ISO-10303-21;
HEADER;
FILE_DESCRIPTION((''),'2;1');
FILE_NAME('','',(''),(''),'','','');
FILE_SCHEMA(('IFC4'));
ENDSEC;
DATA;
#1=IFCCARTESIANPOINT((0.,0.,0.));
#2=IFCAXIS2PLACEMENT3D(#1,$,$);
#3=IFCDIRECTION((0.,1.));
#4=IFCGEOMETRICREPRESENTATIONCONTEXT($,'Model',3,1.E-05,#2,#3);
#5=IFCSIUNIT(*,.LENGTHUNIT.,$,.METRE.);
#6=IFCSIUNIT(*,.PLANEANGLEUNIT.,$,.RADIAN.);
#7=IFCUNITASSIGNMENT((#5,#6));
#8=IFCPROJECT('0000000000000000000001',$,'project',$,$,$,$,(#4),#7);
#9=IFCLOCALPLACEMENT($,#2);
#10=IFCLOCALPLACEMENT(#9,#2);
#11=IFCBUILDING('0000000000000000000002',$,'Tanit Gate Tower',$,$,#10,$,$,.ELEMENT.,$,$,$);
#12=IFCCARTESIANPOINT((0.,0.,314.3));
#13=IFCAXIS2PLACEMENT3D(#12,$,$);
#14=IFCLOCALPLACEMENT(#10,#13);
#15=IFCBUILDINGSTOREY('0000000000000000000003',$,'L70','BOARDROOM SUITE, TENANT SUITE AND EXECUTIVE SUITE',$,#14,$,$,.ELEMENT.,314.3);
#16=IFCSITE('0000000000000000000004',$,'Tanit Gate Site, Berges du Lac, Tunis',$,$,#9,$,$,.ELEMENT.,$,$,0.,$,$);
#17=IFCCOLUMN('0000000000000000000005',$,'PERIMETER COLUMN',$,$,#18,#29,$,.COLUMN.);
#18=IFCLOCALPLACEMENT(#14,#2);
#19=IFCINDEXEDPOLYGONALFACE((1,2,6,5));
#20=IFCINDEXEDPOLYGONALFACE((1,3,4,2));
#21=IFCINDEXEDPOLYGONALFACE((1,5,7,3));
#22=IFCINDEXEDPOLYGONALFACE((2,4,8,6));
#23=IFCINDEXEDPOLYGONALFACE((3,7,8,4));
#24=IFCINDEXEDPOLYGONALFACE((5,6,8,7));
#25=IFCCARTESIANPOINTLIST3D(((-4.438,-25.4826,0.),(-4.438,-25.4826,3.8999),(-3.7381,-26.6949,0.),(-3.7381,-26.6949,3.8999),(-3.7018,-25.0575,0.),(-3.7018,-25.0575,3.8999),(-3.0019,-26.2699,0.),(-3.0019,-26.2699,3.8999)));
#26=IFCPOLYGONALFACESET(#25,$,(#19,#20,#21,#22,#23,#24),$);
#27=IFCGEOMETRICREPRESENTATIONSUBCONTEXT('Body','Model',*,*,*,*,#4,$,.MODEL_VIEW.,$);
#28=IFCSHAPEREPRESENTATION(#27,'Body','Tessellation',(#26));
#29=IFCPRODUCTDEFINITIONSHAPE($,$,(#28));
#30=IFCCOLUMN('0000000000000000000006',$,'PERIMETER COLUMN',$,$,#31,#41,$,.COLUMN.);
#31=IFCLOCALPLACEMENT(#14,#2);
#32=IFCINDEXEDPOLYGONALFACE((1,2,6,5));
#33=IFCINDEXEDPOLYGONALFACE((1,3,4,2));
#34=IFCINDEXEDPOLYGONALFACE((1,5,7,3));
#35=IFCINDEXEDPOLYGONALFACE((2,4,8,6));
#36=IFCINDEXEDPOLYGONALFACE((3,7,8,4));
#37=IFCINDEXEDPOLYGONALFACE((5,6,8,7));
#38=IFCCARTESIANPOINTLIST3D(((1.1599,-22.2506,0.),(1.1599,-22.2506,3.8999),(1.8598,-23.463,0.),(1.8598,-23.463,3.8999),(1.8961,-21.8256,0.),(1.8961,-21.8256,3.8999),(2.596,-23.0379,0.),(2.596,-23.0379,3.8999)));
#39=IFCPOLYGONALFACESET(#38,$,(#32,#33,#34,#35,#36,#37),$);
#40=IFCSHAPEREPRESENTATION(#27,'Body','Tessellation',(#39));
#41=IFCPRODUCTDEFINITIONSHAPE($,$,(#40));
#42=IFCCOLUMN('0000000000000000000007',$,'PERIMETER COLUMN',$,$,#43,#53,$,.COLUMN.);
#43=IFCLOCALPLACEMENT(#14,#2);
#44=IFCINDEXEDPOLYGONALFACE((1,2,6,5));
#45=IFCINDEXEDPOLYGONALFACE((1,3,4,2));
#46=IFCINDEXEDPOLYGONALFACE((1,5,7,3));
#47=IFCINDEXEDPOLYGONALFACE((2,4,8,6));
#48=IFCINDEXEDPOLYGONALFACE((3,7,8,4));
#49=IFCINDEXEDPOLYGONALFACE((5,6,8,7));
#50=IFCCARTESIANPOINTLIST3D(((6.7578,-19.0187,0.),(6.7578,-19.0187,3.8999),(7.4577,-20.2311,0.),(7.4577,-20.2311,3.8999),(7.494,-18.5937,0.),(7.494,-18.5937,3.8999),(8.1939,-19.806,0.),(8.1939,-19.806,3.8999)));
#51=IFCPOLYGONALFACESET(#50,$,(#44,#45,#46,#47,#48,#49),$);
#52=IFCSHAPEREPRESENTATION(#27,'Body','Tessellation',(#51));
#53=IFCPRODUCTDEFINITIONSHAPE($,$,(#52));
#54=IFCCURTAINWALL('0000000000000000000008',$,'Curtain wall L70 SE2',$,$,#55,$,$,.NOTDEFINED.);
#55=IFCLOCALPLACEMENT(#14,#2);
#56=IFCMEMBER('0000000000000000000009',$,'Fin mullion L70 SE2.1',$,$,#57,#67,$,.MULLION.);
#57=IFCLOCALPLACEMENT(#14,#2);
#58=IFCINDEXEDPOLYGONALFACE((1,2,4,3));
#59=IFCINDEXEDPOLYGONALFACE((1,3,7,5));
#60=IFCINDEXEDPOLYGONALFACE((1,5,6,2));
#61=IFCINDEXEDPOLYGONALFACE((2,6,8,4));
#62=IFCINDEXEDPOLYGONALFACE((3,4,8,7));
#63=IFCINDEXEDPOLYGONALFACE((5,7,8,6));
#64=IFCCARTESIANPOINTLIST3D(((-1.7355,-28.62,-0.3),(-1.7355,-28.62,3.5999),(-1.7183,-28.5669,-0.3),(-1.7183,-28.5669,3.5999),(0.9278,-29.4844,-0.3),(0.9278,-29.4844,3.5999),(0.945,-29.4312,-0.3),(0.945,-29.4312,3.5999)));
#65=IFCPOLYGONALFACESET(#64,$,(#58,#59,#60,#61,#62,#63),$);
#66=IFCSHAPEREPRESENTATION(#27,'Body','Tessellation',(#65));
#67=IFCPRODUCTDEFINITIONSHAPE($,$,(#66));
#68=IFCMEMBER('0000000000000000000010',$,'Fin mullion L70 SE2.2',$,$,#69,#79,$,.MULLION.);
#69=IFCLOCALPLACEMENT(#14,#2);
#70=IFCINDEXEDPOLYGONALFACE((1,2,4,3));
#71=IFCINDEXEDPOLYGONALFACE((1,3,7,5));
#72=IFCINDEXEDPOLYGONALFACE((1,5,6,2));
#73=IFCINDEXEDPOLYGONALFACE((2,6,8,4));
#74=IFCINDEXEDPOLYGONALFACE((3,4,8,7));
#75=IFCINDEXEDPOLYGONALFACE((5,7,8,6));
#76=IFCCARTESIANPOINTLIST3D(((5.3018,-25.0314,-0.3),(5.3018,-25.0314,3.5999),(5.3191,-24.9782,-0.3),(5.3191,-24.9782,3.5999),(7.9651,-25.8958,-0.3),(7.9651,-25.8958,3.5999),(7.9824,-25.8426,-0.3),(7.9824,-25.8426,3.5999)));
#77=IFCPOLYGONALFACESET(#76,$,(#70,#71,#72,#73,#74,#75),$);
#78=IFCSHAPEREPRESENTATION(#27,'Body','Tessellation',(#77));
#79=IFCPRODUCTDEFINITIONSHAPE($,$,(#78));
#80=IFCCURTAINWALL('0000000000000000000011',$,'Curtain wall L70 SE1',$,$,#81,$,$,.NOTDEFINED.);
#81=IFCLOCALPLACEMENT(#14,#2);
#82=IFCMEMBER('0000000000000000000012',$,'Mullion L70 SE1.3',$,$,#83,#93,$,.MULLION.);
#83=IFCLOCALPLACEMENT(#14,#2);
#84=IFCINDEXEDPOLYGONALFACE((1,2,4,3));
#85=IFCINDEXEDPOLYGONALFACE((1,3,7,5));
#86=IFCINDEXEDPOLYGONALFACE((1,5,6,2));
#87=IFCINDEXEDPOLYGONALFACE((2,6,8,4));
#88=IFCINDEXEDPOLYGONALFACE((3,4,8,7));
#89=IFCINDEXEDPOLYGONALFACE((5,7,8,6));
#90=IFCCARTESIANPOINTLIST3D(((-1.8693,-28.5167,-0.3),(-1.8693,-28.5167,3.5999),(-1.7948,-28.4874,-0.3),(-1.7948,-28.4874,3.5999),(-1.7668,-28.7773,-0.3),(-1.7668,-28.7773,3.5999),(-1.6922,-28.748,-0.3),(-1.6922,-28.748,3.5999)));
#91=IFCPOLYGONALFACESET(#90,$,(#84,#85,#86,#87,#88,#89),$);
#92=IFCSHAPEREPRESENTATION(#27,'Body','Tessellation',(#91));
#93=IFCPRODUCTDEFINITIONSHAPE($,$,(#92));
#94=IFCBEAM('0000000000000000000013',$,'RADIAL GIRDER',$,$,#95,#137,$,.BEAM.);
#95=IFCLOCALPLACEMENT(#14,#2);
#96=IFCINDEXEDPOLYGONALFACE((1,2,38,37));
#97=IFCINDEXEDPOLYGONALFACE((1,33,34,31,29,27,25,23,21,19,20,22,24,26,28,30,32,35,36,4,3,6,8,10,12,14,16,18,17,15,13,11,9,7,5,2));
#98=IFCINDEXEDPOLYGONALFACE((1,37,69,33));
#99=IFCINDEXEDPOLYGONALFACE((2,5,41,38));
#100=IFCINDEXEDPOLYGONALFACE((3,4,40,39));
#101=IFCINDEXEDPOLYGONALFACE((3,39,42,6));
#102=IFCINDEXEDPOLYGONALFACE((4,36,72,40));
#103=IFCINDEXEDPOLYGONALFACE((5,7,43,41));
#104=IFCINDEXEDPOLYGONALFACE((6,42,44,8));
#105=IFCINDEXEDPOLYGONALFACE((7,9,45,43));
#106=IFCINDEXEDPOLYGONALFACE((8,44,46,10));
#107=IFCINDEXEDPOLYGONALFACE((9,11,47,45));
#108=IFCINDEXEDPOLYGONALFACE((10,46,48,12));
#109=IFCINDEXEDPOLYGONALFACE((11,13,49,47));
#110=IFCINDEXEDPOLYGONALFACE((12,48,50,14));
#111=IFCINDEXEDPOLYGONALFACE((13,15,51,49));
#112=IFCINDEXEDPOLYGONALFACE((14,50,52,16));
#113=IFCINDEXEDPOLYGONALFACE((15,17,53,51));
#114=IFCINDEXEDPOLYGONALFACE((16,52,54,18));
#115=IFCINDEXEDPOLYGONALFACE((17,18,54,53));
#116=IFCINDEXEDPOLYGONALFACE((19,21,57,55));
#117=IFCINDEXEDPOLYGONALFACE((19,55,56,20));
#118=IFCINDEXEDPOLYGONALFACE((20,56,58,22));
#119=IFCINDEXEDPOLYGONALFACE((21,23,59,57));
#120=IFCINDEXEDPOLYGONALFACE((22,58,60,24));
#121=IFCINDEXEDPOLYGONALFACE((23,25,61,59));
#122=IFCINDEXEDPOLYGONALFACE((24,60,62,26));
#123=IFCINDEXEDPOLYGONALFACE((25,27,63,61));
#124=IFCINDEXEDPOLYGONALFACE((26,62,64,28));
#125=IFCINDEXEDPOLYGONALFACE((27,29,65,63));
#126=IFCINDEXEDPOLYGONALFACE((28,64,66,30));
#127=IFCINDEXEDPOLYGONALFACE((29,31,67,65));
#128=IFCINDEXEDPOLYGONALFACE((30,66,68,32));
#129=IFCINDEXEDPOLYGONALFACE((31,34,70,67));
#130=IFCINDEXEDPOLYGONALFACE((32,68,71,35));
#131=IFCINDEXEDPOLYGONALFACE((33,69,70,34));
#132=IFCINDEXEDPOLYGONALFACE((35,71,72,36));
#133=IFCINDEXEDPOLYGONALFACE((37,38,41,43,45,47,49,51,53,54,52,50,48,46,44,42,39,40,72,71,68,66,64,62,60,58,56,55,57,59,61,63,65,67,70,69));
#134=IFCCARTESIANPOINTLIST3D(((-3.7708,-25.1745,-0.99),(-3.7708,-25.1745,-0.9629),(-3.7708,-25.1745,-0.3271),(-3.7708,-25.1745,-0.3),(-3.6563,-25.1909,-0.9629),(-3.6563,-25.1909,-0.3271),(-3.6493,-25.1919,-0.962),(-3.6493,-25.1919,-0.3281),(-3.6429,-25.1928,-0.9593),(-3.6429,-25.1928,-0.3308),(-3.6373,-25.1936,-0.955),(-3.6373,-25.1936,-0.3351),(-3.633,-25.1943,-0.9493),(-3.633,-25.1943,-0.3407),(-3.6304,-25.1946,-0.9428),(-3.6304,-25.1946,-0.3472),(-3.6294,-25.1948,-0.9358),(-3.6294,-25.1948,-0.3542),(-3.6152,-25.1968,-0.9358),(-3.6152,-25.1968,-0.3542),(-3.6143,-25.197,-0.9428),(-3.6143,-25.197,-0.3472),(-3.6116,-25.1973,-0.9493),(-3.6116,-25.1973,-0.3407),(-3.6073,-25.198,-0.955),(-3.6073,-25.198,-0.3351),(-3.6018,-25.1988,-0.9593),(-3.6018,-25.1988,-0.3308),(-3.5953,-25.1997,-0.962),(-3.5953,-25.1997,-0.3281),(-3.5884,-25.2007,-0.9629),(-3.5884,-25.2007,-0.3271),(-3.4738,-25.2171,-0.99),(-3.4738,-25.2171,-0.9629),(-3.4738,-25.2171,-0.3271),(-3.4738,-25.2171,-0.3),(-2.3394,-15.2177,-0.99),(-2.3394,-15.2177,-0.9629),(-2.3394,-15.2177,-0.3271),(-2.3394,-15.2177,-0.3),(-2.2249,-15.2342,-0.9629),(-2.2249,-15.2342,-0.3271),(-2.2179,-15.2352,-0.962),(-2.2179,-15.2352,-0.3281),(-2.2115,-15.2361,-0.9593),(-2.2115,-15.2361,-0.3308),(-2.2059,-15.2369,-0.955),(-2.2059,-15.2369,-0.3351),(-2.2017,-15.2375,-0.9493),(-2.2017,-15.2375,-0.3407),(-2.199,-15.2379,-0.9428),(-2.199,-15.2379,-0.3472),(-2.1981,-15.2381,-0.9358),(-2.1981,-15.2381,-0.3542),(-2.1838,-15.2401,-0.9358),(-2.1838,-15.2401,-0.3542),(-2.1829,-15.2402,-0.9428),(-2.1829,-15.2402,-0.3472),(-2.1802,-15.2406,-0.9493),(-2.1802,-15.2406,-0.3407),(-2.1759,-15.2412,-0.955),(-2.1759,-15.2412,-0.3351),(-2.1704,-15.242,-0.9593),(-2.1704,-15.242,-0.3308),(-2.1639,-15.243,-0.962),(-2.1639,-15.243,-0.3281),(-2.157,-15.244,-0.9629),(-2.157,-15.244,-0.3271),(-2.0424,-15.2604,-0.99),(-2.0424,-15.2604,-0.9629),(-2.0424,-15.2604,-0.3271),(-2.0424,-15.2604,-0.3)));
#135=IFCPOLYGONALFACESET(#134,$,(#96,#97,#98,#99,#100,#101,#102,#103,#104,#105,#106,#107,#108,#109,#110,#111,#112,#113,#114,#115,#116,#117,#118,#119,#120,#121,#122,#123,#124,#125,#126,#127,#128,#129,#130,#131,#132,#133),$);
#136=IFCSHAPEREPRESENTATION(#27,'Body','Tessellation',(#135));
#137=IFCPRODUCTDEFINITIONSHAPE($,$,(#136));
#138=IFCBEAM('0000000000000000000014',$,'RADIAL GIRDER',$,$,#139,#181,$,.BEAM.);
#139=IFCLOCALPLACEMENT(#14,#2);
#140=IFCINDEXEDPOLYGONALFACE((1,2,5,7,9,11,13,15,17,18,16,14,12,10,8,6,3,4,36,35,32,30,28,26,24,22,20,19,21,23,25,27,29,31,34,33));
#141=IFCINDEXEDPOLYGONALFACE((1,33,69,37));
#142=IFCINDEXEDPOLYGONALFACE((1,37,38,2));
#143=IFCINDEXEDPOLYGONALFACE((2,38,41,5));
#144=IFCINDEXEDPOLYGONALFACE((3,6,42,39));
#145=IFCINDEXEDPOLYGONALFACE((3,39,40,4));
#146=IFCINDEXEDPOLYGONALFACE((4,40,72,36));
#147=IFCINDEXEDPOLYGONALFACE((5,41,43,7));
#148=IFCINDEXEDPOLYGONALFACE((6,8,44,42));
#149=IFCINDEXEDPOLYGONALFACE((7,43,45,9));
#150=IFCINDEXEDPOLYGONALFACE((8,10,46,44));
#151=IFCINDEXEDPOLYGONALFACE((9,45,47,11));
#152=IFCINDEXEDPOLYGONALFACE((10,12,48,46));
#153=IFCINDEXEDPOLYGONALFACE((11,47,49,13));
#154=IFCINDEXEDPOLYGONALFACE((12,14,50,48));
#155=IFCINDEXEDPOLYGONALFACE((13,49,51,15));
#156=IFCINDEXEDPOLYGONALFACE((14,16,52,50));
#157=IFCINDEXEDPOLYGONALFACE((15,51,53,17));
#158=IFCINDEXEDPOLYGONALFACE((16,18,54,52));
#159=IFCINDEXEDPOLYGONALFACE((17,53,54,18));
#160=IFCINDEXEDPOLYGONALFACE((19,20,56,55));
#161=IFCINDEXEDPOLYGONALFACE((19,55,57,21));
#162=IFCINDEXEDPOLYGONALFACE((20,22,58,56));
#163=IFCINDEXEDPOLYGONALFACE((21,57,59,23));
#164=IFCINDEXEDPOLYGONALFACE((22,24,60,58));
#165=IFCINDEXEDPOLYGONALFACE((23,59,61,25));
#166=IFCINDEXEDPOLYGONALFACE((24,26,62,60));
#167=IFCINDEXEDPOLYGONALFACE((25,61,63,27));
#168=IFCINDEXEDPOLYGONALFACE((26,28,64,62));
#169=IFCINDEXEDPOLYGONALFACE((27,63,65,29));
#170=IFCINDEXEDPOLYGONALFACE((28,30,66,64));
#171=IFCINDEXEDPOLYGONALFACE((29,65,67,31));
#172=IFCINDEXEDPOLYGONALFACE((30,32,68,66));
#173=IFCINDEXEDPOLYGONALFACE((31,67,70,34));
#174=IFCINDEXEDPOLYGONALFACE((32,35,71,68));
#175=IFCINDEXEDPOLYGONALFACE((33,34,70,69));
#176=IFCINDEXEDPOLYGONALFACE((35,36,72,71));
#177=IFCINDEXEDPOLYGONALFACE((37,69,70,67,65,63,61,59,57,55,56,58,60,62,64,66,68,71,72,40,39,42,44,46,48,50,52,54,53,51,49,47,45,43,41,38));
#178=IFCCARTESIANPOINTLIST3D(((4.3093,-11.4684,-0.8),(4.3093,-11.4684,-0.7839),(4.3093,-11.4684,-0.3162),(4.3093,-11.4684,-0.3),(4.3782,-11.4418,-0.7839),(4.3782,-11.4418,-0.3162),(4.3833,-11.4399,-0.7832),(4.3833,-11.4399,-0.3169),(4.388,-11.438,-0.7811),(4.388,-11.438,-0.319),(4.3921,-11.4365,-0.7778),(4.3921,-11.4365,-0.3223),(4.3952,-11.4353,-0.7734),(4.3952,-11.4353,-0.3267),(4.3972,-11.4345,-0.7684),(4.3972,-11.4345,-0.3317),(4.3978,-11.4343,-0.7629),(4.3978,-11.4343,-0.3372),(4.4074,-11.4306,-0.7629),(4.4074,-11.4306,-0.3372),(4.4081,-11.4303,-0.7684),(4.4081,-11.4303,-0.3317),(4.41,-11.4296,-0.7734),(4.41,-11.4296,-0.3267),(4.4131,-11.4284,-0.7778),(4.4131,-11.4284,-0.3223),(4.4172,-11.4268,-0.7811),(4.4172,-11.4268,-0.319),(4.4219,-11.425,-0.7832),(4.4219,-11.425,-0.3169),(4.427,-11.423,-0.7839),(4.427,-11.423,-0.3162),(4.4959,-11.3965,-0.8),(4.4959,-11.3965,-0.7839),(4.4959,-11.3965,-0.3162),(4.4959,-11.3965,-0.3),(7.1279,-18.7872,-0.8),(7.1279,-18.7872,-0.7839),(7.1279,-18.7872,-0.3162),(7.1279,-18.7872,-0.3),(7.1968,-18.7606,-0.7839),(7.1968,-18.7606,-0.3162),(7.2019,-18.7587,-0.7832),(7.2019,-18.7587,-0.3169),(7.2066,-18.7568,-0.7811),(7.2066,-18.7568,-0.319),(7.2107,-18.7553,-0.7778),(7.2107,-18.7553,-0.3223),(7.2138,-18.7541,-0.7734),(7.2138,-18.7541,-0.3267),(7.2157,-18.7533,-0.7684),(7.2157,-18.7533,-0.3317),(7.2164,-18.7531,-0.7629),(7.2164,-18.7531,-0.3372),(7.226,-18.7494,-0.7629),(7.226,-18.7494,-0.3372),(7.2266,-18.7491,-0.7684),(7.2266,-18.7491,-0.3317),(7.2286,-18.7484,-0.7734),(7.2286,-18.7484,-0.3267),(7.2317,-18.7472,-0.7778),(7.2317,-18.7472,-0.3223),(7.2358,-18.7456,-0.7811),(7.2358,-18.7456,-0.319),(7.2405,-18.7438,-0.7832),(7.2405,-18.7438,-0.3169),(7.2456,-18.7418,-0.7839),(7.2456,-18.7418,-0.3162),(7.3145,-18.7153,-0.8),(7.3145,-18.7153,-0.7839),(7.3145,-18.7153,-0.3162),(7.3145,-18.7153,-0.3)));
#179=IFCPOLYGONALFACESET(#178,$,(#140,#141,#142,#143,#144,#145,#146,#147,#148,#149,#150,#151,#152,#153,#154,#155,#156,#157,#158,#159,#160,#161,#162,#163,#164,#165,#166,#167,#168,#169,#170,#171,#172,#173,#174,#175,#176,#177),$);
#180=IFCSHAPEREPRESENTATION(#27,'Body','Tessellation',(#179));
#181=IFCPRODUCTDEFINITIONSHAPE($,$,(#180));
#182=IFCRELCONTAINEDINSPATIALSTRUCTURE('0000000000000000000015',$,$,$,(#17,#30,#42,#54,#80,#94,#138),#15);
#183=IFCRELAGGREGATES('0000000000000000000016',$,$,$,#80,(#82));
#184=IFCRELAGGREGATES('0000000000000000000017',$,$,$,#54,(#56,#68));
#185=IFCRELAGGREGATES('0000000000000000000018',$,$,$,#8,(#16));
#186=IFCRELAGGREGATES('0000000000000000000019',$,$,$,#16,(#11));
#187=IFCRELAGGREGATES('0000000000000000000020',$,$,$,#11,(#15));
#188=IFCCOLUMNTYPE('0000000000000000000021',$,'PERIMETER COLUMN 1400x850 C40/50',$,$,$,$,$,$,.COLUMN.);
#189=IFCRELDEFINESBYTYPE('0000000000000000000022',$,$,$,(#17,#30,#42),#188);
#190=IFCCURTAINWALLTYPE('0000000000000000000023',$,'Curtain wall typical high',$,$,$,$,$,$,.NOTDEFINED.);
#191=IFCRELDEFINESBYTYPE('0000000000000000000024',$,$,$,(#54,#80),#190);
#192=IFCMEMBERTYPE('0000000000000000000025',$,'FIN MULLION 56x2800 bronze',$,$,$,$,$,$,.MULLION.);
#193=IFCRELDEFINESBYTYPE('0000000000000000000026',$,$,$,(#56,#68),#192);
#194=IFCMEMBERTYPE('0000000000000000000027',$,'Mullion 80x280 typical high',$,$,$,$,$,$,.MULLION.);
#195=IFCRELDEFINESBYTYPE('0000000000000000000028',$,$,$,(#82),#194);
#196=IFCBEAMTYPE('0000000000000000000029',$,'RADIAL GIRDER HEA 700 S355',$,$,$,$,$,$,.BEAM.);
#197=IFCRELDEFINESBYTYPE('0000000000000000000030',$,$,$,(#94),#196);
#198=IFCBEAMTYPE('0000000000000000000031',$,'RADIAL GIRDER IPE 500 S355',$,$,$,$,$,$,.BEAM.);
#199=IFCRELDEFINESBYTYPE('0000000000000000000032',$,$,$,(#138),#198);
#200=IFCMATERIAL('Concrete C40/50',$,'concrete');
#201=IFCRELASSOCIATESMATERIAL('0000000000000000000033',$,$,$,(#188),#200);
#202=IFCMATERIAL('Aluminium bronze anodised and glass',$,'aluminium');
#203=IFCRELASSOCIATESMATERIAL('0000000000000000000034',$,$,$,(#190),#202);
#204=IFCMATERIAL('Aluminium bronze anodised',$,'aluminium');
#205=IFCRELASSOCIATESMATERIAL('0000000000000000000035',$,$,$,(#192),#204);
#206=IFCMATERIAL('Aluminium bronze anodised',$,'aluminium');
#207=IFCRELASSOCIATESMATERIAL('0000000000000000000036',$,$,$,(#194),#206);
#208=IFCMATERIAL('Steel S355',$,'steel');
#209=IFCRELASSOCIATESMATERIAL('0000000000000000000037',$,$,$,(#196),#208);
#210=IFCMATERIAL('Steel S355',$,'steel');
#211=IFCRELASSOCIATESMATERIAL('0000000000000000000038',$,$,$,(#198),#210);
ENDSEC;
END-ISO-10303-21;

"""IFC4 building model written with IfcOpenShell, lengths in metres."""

from ifc_helpers import new_model, si_unit, direction, frame, origin, origin_2d, place, context, subcontext, project, spatial, rectangle, i_section, extrude, material, material_profile, profile_set, type_object, element, aggregate, save


model = new_model("IFC4")

# Units and contexts
model_context = context("Model", 3, precision=1e-05, world=origin(), true_north=direction((0.0, 1.0)))
body_context = subcontext(model_context, "Body", "Model", "MODEL_VIEW")
ifc_project = project(units=[si_unit("LENGTHUNIT", "METRE"), si_unit("PLANEANGLEUNIT", "RADIAN")], contexts=[model_context])

# Site, building, storey
site_placement = place(None, origin())
site = spatial("IfcSite", under=ifc_project, at=site_placement, Name="Tanit Gate Site, Berges du Lac, Tunis", CompositionType="ELEMENT", RefElevation=0.0)
building_placement = place(site_placement, origin())
building = spatial("IfcBuilding", under=site, at=building_placement, Name="Tanit Gate Tower", CompositionType="ELEMENT")
storey_placement = place(building_placement, frame((0.0, 0.0, 314.3)))
storey = spatial("IfcBuildingStorey", under=building, at=storey_placement, Name="L70", Description="BOARDROOM SUITE, TENANT SUITE AND EXECUTIVE SUITE", CompositionType="ELEMENT", Elevation=314.3)

# Columns
ifc_material_1 = material(Name="Concrete C40/50", Category="concrete")
ifc_material_profile_1 = material_profile(ifc_material_1, rectangle(XDim=1.3999, YDim=0.8501, at=origin_2d()), Name="RC 1400x850")
ifc_profile_set_1 = profile_set([ifc_material_profile_1], Name="Concrete C40/50")
column_type = type_object("IfcColumnType", Name="PERIMETER COLUMN 1400x850 C40/50", PredefinedType="COLUMN", material=ifc_profile_set_1)
for number, where, z_axis, x_axis, name in (
    (1, (-3.72, -25.8762, 0.0), (0.0, 0.0, 1.0), (0.5, -0.866025, 0.0), "PERIMETER COLUMN"),
    (2, (1.8779, -22.6443, 0.0), (0.0, 0.0, 1.0), (0.5, -0.866025, 0.0), "PERIMETER COLUMN"),
    (3, (7.4758, -19.4124, 0.0), (0.0, 0.0, 1.0), (0.5, -0.866025, 0.0), "PERIMETER COLUMN"),
):
    element("IfcColumn", number, at=place(storey_placement, frame(where, z_axis=z_axis, x_axis=x_axis)), inside=storey, type_object=column_type, Name=name, PredefinedType="COLUMN", context=body_context, shape_type="SweptSolid", body=[
        extrude(rectangle(XDim=1.3999, YDim=0.8501, at=origin_2d()), origin(), (0.0, 0.0, 1.0), 3.8999),
    ])

# Curtain wall, members
ifc_material_2 = material(Name="Aluminium bronze anodised and glass", Category="aluminium")
curtain_wall_type = type_object("IfcCurtainWallType", Name="Curtain wall typical high", PredefinedType="NOTDEFINED", material=ifc_material_2)
curtain_wall_1_placement = place(storey_placement, origin())
curtain_wall_1 = element("IfcCurtainWall", 4, at=curtain_wall_1_placement, inside=storey, type_object=curtain_wall_type, Name="Curtain wall L70 SE2", PredefinedType="NOTDEFINED")
ifc_material_3 = material(Name="Aluminium bronze anodised", Category="aluminium")
ifc_material_profile_2 = material_profile(ifc_material_3, rectangle(XDim=2.8, YDim=0.0559, at=origin_2d()), Name="56x2800 bronze fin mullion")
ifc_profile_set_2 = profile_set([ifc_material_profile_2], Name="Aluminium bronze anodised")
member_type_1 = type_object("IfcMemberType", Name="FIN MULLION 56x2800 bronze", PredefinedType="MULLION", material=ifc_profile_set_2)
member_1_placement = place(storey_placement, frame((-0.3953, -29.0256, -0.3), z_axis=(0.0, 0.0, 1.0), x_axis=(-0.95116, 0.3087, 0.0)))
member_1 = element("IfcMember", 5, at=member_1_placement, type_object=member_type_1, Name="Fin mullion L70 SE2.1", PredefinedType="MULLION", context=body_context, shape_type="SweptSolid", body=[
    extrude(rectangle(XDim=2.8, YDim=0.0559, at=origin_2d()), origin(), (0.0, 0.0, 1.0), 3.8999),
])
member_2_placement = place(storey_placement, frame((6.6421, -25.437, -0.3), z_axis=(0.0, 0.0, 1.0), x_axis=(-0.95116, 0.3087, 0.0)))
member_2 = element("IfcMember", 6, at=member_2_placement, type_object=member_type_1, Name="Fin mullion L70 SE2.2", PredefinedType="MULLION", context=body_context, shape_type="SweptSolid", body=[
    extrude(rectangle(XDim=2.8, YDim=0.0559, at=origin_2d()), origin(), (0.0, 0.0, 1.0), 3.8999),
])

# Curtain wall, member
curtain_wall_2_placement = place(storey_placement, origin())
curtain_wall_2 = element("IfcCurtainWall", 7, at=curtain_wall_2_placement, inside=storey, type_object=curtain_wall_type, Name="Curtain wall L70 SE1", PredefinedType="NOTDEFINED")
ifc_material_4 = material(Name="Aluminium bronze anodised", Category="aluminium")
ifc_material_profile_3 = material_profile(ifc_material_4, rectangle(XDim=0.28, YDim=0.0801, at=origin_2d()), Name="80x280 bronze mullion")
ifc_profile_set_3 = profile_set([ifc_material_profile_3], Name="Aluminium bronze anodised")
member_type_2 = type_object("IfcMemberType", Name="Mullion 80x280 typical high", PredefinedType="MULLION", material=ifc_profile_set_3)
member_3_placement = place(storey_placement, frame((-1.7808, -28.6323, -0.3), z_axis=(0.0, 0.0, 1.0), x_axis=(-0.366106, 0.930573, 0.0)))
member_3 = element("IfcMember", 8, at=member_3_placement, type_object=member_type_2, Name="Mullion L70 SE1.3", PredefinedType="MULLION", context=body_context, shape_type="SweptSolid", body=[
    extrude(rectangle(XDim=0.28, YDim=0.0801, at=origin_2d()), origin(), (0.0, 0.0, 1.0), 3.8999),
])
aggregate(curtain_wall_2, [member_3])

# Beams
ifc_material_5 = material(Name="Steel S355", Category="steel")
ifc_material_profile_4 = material_profile(ifc_material_5, i_section(OverallWidth=0.3, OverallDepth=0.6899, WebThickness=0.0144, FlangeThickness=0.0271, FilletRadius=0.0271, at=origin_2d()), Name="HEA 700")
ifc_profile_set_4 = profile_set([ifc_material_profile_4], Name="Steel S355")
beam_type_1 = type_object("IfcBeamType", Name="RADIAL GIRDER HEA 700 S355", PredefinedType="BEAM", material=ifc_profile_set_4)
beam_1_placement = place(storey_placement, frame((-3.6223, -25.1958, -0.645), z_axis=(0.142298, 0.989824, 0.0), x_axis=(-0.989824, 0.142298, 0.0)))
element("IfcBeam", 9, at=beam_1_placement, inside=storey, type_object=beam_type_1, Name="RADIAL GIRDER", PredefinedType="BEAM", context=body_context, shape_type="SweptSolid", body=[
    extrude(i_section(OverallWidth=0.3, OverallDepth=0.6899, WebThickness=0.0144, FlangeThickness=0.0271, FilletRadius=0.0271, at=origin_2d()), origin(), (0.0, 0.0, 1.0), 10.0591),
])
ifc_material_6 = material(Name="Steel S355", Category="steel")
ifc_material_profile_5 = material_profile(ifc_material_6, i_section(OverallWidth=0.2, OverallDepth=0.5, WebThickness=0.0103, FlangeThickness=0.0161, FilletRadius=0.021, at=origin_2d()), Name="IPE 500")
ifc_profile_set_5 = profile_set([ifc_material_profile_5], Name="Steel S355")
beam_type_2 = type_object("IfcBeamType", Name="RADIAL GIRDER IPE 500 S355", PredefinedType="BEAM", material=ifc_profile_set_5)
beam_2_placement = place(storey_placement, frame((7.2212, -18.7512, -0.55), z_axis=(-0.359386, 0.933189, 0.0), x_axis=(-0.933189, -0.359386, 0.0)))
element("IfcBeam", 10, at=beam_2_placement, inside=storey, type_object=beam_type_2, Name="RADIAL GIRDER", PredefinedType="BEAM", context=body_context, shape_type="SweptSolid", body=[
    extrude(i_section(OverallWidth=0.2, OverallDepth=0.5, WebThickness=0.0103, FlangeThickness=0.0161, FilletRadius=0.021, at=origin_2d()), origin(), (0.0, 0.0, 1.0), 7.8428),
])

aggregate(curtain_wall_1, [member_1, member_2])

save(model, "model.ifc")
